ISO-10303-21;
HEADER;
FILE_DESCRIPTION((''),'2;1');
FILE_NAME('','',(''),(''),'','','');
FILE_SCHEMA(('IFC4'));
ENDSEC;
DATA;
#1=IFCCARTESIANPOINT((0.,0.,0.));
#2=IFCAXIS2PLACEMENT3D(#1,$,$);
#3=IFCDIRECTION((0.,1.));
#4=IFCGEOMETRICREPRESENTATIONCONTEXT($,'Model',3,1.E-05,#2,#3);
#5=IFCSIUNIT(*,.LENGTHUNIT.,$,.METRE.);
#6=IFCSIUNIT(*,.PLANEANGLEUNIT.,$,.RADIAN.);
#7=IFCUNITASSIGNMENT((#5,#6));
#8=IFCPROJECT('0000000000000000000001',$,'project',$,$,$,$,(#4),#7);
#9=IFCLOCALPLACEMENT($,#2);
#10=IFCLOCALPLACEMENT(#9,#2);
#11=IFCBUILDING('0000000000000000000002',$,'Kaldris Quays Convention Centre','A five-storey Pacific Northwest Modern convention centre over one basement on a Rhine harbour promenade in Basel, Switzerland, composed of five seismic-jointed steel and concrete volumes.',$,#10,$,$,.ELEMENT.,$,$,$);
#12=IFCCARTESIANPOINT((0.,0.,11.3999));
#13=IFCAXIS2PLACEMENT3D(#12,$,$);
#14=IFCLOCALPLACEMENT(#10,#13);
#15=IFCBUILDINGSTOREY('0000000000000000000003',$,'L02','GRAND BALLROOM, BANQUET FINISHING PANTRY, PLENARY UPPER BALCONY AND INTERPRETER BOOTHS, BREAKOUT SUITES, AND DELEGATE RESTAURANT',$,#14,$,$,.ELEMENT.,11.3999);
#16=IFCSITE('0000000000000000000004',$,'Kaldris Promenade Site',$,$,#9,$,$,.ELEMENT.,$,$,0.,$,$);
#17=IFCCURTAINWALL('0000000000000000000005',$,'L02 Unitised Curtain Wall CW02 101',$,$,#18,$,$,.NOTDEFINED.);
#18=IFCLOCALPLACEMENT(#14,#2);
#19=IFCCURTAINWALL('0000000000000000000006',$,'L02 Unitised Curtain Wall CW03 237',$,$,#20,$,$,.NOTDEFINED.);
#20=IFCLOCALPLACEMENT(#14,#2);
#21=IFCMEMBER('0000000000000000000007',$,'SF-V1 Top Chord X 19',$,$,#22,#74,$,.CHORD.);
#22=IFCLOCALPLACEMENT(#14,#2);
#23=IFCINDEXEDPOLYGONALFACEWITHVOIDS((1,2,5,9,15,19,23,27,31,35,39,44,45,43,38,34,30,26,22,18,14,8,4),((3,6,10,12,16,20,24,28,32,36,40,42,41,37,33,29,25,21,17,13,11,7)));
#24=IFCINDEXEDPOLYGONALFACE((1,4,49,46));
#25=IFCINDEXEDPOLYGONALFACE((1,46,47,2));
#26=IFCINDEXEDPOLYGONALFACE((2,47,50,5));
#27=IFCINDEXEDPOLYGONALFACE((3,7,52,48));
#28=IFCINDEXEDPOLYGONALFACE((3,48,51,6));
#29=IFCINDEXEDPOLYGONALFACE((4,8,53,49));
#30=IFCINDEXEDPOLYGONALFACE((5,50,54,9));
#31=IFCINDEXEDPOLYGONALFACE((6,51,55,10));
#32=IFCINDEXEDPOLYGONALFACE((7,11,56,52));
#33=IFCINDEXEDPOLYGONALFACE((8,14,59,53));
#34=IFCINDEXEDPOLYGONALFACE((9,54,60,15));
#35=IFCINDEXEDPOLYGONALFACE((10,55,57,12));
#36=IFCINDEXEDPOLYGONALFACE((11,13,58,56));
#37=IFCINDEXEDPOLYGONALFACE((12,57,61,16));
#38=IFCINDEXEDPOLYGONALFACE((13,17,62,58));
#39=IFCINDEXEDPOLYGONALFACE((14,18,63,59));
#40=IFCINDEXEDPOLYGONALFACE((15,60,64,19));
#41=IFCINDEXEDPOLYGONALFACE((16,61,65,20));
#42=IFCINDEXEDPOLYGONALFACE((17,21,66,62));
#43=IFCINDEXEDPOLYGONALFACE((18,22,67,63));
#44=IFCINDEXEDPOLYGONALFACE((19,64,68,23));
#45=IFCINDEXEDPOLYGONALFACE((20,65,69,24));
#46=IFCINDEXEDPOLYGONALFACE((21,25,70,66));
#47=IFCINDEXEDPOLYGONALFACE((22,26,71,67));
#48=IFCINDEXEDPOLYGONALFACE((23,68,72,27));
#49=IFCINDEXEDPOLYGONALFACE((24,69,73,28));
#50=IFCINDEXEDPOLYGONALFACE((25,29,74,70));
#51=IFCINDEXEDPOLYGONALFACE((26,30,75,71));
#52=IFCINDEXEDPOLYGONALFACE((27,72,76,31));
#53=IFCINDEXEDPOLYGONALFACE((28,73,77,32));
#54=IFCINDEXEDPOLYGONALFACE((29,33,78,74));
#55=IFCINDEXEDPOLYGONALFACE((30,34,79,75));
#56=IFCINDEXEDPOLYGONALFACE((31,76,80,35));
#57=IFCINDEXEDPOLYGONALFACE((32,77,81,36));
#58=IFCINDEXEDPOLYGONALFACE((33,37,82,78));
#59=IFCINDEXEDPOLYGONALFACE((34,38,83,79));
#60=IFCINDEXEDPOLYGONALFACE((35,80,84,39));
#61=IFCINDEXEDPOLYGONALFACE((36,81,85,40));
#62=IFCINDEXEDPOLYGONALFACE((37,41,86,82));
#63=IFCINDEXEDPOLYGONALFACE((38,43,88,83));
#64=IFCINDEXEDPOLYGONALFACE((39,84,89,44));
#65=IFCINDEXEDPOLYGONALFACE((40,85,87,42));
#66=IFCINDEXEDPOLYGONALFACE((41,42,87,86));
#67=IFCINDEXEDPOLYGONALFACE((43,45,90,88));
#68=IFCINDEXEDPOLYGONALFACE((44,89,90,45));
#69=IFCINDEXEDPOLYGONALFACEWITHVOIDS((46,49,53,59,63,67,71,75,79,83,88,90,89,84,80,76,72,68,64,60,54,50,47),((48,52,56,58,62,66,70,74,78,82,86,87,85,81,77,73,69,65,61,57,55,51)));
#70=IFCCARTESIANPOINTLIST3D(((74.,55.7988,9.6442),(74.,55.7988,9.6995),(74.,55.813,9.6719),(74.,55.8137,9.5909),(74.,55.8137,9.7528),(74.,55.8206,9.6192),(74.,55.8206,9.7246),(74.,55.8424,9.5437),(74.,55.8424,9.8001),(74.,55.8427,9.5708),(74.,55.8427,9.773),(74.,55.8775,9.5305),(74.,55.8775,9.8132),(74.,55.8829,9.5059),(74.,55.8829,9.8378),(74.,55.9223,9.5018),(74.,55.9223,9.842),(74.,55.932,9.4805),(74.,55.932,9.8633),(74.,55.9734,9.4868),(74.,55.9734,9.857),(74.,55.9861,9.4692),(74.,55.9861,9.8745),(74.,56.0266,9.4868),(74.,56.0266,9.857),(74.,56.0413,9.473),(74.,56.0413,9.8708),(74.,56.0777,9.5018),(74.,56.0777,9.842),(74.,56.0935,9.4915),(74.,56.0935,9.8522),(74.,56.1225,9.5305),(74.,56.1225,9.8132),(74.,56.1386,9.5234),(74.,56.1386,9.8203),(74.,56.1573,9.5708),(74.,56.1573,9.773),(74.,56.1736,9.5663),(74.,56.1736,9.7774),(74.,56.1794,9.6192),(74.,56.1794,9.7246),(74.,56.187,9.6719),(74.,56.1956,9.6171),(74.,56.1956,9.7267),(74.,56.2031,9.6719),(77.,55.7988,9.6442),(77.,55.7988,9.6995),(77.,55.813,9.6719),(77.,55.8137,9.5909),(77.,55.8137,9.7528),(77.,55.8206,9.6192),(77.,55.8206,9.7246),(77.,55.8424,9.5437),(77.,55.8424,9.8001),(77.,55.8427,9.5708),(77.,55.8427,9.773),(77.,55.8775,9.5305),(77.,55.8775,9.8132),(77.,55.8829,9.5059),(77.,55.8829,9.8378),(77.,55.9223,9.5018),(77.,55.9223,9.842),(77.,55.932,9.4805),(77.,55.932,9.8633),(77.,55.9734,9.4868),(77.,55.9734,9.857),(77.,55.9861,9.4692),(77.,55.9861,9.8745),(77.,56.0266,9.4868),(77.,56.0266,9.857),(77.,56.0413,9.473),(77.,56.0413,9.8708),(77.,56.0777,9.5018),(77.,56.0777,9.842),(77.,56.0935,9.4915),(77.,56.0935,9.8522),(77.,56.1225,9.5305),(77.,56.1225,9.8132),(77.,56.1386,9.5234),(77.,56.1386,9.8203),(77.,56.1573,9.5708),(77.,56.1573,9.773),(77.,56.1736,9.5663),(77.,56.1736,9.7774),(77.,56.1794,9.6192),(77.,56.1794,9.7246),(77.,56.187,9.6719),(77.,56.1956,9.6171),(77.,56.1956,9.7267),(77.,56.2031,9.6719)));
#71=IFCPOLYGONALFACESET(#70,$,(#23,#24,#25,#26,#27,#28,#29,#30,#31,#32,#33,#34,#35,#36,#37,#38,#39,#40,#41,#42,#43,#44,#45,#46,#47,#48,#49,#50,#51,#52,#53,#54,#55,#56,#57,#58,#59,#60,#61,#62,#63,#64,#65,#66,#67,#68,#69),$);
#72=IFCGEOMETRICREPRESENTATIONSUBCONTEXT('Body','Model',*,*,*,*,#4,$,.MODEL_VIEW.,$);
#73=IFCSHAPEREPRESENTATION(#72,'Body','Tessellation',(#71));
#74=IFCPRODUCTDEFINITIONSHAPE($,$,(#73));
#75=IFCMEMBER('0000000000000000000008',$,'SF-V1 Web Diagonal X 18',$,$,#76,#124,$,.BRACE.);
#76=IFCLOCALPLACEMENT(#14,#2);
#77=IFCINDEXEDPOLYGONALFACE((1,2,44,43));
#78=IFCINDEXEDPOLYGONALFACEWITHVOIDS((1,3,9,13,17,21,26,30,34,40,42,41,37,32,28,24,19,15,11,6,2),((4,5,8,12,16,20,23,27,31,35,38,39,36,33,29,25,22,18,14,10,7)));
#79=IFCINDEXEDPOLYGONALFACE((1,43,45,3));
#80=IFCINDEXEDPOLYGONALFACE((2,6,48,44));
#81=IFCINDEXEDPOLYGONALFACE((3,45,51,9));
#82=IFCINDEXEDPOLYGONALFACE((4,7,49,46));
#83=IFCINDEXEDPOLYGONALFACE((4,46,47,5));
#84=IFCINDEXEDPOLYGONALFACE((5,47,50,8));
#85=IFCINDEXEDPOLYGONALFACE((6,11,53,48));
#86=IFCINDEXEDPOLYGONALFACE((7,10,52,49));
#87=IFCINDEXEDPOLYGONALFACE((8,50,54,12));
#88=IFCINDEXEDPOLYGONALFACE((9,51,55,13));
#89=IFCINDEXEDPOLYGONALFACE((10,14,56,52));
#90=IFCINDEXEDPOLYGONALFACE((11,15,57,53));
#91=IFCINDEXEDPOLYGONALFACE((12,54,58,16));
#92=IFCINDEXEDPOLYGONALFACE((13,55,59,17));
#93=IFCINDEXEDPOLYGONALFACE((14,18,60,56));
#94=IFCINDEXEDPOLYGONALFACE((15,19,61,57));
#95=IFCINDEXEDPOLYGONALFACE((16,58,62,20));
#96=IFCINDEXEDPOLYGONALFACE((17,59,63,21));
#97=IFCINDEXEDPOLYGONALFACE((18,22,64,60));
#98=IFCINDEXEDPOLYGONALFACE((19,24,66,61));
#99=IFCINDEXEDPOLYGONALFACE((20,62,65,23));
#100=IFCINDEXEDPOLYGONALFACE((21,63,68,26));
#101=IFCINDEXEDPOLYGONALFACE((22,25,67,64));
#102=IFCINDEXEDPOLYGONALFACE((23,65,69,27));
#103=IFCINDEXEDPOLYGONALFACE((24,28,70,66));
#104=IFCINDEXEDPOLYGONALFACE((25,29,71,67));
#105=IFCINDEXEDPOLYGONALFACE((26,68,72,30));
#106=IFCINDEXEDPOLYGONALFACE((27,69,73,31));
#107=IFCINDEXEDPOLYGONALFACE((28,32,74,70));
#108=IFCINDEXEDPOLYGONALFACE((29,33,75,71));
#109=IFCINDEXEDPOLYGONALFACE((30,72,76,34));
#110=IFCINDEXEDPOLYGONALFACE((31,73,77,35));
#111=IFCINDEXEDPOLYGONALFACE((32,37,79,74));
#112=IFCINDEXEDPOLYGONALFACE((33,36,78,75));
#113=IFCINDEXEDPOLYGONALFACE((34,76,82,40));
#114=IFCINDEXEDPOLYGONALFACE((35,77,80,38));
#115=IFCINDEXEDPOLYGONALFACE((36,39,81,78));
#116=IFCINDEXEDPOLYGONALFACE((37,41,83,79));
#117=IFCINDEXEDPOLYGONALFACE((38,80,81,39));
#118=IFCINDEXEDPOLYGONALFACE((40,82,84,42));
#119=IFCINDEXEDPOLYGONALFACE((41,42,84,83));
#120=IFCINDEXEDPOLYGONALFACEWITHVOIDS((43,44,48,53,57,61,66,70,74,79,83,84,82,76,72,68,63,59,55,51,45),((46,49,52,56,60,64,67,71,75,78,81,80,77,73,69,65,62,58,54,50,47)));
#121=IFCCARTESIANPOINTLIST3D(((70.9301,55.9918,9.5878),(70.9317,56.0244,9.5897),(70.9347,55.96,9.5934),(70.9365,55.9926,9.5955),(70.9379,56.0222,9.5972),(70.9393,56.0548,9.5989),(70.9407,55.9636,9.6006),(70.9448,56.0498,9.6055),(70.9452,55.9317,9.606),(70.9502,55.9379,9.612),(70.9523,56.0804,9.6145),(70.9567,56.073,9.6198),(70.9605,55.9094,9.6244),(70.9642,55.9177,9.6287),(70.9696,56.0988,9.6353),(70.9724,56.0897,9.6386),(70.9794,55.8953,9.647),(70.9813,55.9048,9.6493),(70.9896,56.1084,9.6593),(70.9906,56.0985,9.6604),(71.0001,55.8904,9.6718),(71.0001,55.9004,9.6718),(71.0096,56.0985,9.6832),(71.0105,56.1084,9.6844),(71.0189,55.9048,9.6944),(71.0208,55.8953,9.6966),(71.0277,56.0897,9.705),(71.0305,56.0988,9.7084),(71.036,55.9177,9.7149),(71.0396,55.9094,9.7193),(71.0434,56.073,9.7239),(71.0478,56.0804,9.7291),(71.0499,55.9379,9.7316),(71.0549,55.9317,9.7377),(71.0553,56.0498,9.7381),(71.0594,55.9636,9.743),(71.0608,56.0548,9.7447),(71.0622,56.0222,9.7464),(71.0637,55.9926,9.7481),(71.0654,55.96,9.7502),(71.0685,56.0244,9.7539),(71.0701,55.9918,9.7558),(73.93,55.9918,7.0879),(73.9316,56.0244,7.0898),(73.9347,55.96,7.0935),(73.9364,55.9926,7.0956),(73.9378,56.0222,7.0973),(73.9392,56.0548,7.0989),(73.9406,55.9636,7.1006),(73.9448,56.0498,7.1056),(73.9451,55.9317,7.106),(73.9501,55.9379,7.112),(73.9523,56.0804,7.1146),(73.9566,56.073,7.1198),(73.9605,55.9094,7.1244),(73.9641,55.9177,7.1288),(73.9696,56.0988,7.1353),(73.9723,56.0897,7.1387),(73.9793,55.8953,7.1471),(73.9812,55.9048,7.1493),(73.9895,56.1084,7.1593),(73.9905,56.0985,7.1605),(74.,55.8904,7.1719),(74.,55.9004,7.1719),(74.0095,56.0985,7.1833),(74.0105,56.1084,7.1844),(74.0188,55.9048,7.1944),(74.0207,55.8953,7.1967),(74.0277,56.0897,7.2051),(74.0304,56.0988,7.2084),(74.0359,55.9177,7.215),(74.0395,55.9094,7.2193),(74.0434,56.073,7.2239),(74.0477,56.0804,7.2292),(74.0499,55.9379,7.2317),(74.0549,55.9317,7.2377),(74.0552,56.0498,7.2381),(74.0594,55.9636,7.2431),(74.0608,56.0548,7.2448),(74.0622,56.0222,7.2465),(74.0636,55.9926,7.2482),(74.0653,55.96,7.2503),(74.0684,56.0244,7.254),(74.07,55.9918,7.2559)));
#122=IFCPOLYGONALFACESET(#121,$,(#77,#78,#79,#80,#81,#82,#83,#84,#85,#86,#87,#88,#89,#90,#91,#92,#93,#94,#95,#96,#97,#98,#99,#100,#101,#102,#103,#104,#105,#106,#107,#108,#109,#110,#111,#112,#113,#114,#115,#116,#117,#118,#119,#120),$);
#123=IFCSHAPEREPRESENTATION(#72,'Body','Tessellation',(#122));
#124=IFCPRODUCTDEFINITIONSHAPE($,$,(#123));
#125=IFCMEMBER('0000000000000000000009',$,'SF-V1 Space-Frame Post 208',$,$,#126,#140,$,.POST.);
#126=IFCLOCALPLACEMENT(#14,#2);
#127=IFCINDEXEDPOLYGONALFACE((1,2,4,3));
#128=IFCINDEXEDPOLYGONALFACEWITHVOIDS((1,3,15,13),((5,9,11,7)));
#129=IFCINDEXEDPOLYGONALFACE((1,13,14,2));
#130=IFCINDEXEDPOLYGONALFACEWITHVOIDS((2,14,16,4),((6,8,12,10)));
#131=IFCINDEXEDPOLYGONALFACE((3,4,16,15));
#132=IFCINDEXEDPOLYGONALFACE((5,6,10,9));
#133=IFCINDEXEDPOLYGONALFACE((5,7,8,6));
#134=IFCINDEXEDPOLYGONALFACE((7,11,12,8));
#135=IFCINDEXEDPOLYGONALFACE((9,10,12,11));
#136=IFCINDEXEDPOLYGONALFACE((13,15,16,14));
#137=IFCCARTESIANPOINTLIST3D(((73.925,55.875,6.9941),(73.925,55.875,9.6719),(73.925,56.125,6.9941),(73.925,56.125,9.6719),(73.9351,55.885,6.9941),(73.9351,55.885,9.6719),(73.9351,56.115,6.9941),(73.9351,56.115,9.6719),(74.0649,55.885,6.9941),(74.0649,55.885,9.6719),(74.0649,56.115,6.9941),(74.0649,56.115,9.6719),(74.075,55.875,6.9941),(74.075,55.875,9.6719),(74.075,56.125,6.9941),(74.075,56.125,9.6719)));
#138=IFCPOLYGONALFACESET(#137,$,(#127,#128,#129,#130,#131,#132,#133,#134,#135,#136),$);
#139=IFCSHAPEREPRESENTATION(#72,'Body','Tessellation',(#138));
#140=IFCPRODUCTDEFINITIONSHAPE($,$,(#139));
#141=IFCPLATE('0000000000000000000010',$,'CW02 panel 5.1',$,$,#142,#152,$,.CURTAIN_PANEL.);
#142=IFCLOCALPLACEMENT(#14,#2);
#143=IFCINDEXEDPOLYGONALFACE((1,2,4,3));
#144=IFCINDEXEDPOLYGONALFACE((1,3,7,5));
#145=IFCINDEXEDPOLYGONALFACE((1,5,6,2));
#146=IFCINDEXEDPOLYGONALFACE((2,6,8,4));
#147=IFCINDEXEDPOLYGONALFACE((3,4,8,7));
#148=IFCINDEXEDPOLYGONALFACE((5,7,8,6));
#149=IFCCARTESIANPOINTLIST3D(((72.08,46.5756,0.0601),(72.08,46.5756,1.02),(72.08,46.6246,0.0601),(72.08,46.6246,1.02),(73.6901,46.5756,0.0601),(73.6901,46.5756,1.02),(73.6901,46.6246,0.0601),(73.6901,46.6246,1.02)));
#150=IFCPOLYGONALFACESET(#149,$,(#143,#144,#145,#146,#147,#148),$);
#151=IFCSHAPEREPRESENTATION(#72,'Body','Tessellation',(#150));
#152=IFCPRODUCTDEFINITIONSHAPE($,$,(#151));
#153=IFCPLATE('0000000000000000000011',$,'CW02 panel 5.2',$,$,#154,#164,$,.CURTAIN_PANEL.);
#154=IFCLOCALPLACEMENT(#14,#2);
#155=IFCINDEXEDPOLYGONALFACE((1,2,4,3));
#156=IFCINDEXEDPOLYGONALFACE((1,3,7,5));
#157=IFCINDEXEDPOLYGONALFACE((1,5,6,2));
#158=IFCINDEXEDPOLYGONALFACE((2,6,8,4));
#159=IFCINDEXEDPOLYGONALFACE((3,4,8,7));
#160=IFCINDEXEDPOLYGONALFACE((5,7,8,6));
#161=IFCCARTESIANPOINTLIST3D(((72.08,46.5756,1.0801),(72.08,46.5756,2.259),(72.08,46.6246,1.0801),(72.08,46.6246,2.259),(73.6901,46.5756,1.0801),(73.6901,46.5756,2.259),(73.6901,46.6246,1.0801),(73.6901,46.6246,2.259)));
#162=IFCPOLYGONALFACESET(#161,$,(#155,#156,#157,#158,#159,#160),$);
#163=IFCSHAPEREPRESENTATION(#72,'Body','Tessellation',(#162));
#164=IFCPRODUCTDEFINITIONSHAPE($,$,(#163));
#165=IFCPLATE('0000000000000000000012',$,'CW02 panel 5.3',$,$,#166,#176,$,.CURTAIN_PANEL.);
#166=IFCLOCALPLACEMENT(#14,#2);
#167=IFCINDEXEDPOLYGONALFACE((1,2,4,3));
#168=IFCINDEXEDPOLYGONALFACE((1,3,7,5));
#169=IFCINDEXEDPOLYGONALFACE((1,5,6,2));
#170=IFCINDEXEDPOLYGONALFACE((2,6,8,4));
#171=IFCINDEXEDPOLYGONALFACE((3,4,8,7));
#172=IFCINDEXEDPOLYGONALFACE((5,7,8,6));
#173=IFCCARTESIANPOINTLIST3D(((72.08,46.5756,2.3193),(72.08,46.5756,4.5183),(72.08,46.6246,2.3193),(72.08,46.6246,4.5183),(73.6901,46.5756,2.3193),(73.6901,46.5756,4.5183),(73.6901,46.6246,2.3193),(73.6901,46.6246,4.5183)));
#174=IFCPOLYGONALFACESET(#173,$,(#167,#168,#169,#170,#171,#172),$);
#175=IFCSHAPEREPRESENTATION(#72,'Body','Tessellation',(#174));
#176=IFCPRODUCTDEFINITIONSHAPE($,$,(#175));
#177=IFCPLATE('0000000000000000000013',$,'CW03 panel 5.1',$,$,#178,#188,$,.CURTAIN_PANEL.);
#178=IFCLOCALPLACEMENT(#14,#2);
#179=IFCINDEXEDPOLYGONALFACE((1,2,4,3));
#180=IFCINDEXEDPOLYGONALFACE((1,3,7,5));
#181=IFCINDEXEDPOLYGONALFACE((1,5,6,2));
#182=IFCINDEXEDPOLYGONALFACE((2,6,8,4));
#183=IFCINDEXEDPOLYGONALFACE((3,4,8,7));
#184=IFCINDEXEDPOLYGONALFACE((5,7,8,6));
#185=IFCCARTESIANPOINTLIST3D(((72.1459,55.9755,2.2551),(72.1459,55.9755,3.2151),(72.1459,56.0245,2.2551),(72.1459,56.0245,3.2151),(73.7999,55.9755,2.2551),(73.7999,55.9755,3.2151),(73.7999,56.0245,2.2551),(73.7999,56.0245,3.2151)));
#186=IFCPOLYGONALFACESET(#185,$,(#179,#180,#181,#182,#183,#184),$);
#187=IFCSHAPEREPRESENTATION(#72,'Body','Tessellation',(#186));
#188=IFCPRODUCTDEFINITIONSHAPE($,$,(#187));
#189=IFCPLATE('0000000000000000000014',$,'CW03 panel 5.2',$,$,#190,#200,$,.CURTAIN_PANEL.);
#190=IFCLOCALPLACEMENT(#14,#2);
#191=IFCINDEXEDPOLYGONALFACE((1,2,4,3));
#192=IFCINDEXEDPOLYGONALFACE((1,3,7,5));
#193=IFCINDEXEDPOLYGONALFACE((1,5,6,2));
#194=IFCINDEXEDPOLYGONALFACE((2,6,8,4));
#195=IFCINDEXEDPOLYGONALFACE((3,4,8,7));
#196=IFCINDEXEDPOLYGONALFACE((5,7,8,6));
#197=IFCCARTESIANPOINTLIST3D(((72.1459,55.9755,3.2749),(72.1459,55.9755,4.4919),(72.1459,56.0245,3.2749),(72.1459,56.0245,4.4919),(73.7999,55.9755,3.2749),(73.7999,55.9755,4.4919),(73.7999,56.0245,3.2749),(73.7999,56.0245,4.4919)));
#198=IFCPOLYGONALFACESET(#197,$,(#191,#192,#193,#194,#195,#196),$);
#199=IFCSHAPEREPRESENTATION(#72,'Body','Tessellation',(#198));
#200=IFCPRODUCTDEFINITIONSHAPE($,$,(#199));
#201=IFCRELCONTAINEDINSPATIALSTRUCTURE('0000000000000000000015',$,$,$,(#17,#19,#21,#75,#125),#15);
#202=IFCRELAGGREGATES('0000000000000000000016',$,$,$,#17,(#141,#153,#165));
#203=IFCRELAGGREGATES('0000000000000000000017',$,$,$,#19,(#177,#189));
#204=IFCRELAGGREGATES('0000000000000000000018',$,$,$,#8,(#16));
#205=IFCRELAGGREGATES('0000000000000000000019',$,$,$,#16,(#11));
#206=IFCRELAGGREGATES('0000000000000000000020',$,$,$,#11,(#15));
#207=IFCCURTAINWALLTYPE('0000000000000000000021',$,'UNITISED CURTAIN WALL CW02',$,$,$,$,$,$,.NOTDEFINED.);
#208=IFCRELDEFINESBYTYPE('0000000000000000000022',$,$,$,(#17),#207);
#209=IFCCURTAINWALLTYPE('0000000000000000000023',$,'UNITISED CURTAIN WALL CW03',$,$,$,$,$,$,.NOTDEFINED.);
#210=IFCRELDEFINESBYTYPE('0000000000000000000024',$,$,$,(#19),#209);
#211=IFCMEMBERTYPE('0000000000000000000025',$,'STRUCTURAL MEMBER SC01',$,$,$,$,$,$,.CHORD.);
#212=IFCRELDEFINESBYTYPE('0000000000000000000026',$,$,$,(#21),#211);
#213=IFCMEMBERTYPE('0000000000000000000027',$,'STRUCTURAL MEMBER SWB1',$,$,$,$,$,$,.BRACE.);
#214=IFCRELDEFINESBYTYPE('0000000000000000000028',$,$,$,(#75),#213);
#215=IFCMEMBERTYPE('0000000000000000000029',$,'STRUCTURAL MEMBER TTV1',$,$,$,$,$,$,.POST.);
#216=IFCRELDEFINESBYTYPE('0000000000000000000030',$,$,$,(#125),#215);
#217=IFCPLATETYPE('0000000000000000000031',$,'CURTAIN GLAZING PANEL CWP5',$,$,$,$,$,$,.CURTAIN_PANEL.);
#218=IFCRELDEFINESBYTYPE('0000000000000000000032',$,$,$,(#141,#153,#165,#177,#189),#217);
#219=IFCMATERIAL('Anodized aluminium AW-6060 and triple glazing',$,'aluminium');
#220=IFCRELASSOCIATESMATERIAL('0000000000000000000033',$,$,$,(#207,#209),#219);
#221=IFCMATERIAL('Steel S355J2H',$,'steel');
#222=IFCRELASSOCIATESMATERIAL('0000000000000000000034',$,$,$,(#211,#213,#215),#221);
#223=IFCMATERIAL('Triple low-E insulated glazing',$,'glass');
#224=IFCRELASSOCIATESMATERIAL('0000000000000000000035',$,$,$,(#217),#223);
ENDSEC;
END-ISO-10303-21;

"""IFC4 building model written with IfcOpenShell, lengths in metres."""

from ifc_helpers import new_model, si_unit, direction, frame, origin, origin_2d, place, context, subcontext, project, spatial, rectangle, hollow_rectangle, hollow_circle, extrude, material, material_profile, profile_set, type_object, element, aggregate, save


model = new_model("IFC4")

# Units and contexts
model_context = context("Model", 3, precision=1e-05, world=origin(), true_north=direction((0.0, 1.0)))
body_context = subcontext(model_context, "Body", "Model", "MODEL_VIEW")
ifc_project = project(units=[si_unit("LENGTHUNIT", "METRE"), si_unit("PLANEANGLEUNIT", "RADIAN")], contexts=[model_context])

# Site, building, storey
site_placement = place(None, origin())
site = spatial("IfcSite", under=ifc_project, at=site_placement, Name="Kaldris Promenade Site", CompositionType="ELEMENT", RefElevation=0.0)
building_placement = place(site_placement, origin())
building = spatial("IfcBuilding", under=site, at=building_placement, Name="Kaldris Quays Convention Centre", Description="A five-storey Pacific Northwest Modern convention centre over one basement on a Rhine harbour promenade in Basel, Switzerland, composed of five seismic-jointed steel and concrete volumes.", CompositionType="ELEMENT")
storey_placement = place(building_placement, frame((0.0, 0.0, 11.3999)))
storey = spatial("IfcBuildingStorey", under=building, at=storey_placement, Name="L02", Description="GRAND BALLROOM, BANQUET FINISHING PANTRY, PLENARY UPPER BALCONY AND INTERPRETER BOOTHS, BREAKOUT SUITES, AND DELEGATE RESTAURANT", CompositionType="ELEMENT", Elevation=11.3999)

# Curtain wall
ifc_material_1 = material(Name="Anodized aluminium AW-6060 and triple glazing", Category="aluminium")
curtain_wall_type_1 = type_object("IfcCurtainWallType", Name="UNITISED CURTAIN WALL CW02", PredefinedType="NOTDEFINED", material=ifc_material_1)
curtain_wall_1_placement = place(storey_placement, origin())
curtain_wall_1 = element("IfcCurtainWall", 1, at=curtain_wall_1_placement, inside=storey, type_object=curtain_wall_type_1, Name="L02 Unitised Curtain Wall CW02 101", PredefinedType="NOTDEFINED")

# Curtain wall
curtain_wall_type_2 = type_object("IfcCurtainWallType", Name="UNITISED CURTAIN WALL CW03", PredefinedType="NOTDEFINED", material=ifc_material_1)
curtain_wall_2_placement = place(storey_placement, origin())
curtain_wall_2 = element("IfcCurtainWall", 2, at=curtain_wall_2_placement, inside=storey, type_object=curtain_wall_type_2, Name="L02 Unitised Curtain Wall CW03 237", PredefinedType="NOTDEFINED")

# Members
ifc_material_2 = material(Name="Steel S355J2H", Category="steel")
ifc_material_profile_1 = material_profile(ifc_material_2, hollow_circle(Radius=0.2031, WallThickness=0.0161, at=origin_2d()), Name="CHS 406.4x16")
ifc_profile_set_1 = profile_set([ifc_material_profile_1], Name="Steel S355J2H")
member_type_1 = type_object("IfcMemberType", Name="STRUCTURAL MEMBER SC01", PredefinedType="CHORD", material=ifc_profile_set_1)
member_1_placement = place(storey_placement, frame((74.0, 56.0, 9.6719), z_axis=(1.0, 0.0, 0.0), x_axis=(0.0, 1.0, 0.0)))
element("IfcMember", 3, at=member_1_placement, inside=storey, type_object=member_type_1, Name="SF-V1 Top Chord X 19", PredefinedType="CHORD", context=body_context, shape_type="SweptSolid", body=[
    extrude(hollow_circle(Radius=0.2031, WallThickness=0.0161, at=origin_2d()), origin(), (0.0, 0.0, 1.0), 3.0),
])
ifc_material_profile_2 = material_profile(ifc_material_2, hollow_circle(Radius=0.1096, WallThickness=0.01, at=origin_2d()), Name="CHS 219.1x10")
ifc_profile_set_2 = profile_set([ifc_material_profile_2], Name="Steel S355J2H")
member_type_2 = type_object("IfcMemberType", Name="STRUCTURAL MEMBER SWB1", PredefinedType="BRACE", material=ifc_profile_set_2)
member_2_placement = place(storey_placement, frame((74.0, 56.0, 7.1719), z_axis=(-0.768221, 0.0, 0.640184), x_axis=(0.0, -1.0, 0.0)))
element("IfcMember", 4, at=member_2_placement, inside=storey, type_object=member_type_2, Name="SF-V1 Web Diagonal X 18", PredefinedType="BRACE", context=body_context, shape_type="SweptSolid", body=[
    extrude(hollow_circle(Radius=0.1096, WallThickness=0.01, at=origin_2d()), origin(), (0.0, 0.0, 1.0), 3.905),
])
ifc_material_profile_3 = material_profile(ifc_material_2, hollow_rectangle(XDim=0.1499, YDim=0.25, WallThickness=0.01, at=origin_2d()), Name="RHS 250x150x10")
ifc_profile_set_3 = profile_set([ifc_material_profile_3], Name="Steel S355J2H")
member_type_3 = type_object("IfcMemberType", Name="STRUCTURAL MEMBER TTV1", PredefinedType="POST", material=ifc_profile_set_3)
member_3_placement = place(storey_placement, frame((74.0, 56.0, 6.9941), z_axis=(0.0, 0.0, 1.0), x_axis=(1.0, 0.0, 0.0)))
element("IfcMember", 5, at=member_3_placement, inside=storey, type_object=member_type_3, Name="SF-V1 Space-Frame Post 208", PredefinedType="POST", context=body_context, shape_type="SweptSolid", body=[
    extrude(hollow_rectangle(XDim=0.1499, YDim=0.25, WallThickness=0.01, at=origin_2d()), origin(), (0.0, 0.0, 1.0), 2.6777),
])

# Plates
ifc_material_3 = material(Name="Triple low-E insulated glazing", Category="glass")
plate_type_1 = type_object("IfcPlateType", Name="CURTAIN GLAZING PANEL CWP5", PredefinedType="CURTAIN_PANEL", material=ifc_material_3)
plate_1_placement = place(storey_placement, frame((72.885, 46.6001, 0.0601), z_axis=(0.0, 0.0, 1.0), x_axis=(1.0, 0.0, 0.0)))
plate_1 = element("IfcPlate", 6, at=plate_1_placement, type_object=plate_type_1, Name="CW02 panel 5.1", PredefinedType="CURTAIN_PANEL", context=body_context, shape_type="SweptSolid", body=[
    extrude(rectangle(XDim=1.6101, YDim=0.0491, at=origin_2d()), origin(), (0.0, 0.0, 1.0), 0.96),
])
plate_2_placement = place(storey_placement, frame((72.885, 46.6001, 1.0801), z_axis=(0.0, 0.0, 1.0), x_axis=(1.0, 0.0, 0.0)))
plate_2 = element("IfcPlate", 7, at=plate_2_placement, type_object=plate_type_1, Name="CW02 panel 5.2", PredefinedType="CURTAIN_PANEL", context=body_context, shape_type="SweptSolid", body=[
    extrude(rectangle(XDim=1.6101, YDim=0.0491, at=origin_2d()), origin(), (0.0, 0.0, 1.0), 1.179),
])
plate_3_placement = place(storey_placement, frame((72.885, 46.6001, 2.3193), z_axis=(0.0, 0.0, 1.0), x_axis=(1.0, 0.0, 0.0)))
plate_3 = element("IfcPlate", 8, at=plate_3_placement, type_object=plate_type_1, Name="CW02 panel 5.3", PredefinedType="CURTAIN_PANEL", context=body_context, shape_type="SweptSolid", body=[
    extrude(rectangle(XDim=1.6101, YDim=0.0491, at=origin_2d()), origin(), (0.0, 0.0, 1.0), 2.199),
])
aggregate(curtain_wall_1, [plate_1, plate_2, plate_3])
plate_4_placement = place(storey_placement, frame((72.9729, 56.0, 2.2551), z_axis=(0.0, 0.0, 1.0), x_axis=(1.0, 0.0, 0.0)))
plate_4 = element("IfcPlate", 9, at=plate_4_placement, type_object=plate_type_1, Name="CW03 panel 5.1", PredefinedType="CURTAIN_PANEL", context=body_context, shape_type="SweptSolid", body=[
    extrude(rectangle(XDim=1.6541, YDim=0.0491, at=origin_2d()), origin(), (0.0, 0.0, 1.0), 0.96),
])
plate_5_placement = place(storey_placement, frame((72.9729, 56.0, 3.2749), z_axis=(0.0, 0.0, 1.0), x_axis=(1.0, 0.0, 0.0)))
plate_5 = element("IfcPlate", 10, at=plate_5_placement, type_object=plate_type_1, Name="CW03 panel 5.2", PredefinedType="CURTAIN_PANEL", context=body_context, shape_type="SweptSolid", body=[
    extrude(rectangle(XDim=1.6541, YDim=0.0491, at=origin_2d()), origin(), (0.0, 0.0, 1.0), 1.217),
])
aggregate(curtain_wall_2, [plate_4, plate_5])

save(model, "model.ifc")
